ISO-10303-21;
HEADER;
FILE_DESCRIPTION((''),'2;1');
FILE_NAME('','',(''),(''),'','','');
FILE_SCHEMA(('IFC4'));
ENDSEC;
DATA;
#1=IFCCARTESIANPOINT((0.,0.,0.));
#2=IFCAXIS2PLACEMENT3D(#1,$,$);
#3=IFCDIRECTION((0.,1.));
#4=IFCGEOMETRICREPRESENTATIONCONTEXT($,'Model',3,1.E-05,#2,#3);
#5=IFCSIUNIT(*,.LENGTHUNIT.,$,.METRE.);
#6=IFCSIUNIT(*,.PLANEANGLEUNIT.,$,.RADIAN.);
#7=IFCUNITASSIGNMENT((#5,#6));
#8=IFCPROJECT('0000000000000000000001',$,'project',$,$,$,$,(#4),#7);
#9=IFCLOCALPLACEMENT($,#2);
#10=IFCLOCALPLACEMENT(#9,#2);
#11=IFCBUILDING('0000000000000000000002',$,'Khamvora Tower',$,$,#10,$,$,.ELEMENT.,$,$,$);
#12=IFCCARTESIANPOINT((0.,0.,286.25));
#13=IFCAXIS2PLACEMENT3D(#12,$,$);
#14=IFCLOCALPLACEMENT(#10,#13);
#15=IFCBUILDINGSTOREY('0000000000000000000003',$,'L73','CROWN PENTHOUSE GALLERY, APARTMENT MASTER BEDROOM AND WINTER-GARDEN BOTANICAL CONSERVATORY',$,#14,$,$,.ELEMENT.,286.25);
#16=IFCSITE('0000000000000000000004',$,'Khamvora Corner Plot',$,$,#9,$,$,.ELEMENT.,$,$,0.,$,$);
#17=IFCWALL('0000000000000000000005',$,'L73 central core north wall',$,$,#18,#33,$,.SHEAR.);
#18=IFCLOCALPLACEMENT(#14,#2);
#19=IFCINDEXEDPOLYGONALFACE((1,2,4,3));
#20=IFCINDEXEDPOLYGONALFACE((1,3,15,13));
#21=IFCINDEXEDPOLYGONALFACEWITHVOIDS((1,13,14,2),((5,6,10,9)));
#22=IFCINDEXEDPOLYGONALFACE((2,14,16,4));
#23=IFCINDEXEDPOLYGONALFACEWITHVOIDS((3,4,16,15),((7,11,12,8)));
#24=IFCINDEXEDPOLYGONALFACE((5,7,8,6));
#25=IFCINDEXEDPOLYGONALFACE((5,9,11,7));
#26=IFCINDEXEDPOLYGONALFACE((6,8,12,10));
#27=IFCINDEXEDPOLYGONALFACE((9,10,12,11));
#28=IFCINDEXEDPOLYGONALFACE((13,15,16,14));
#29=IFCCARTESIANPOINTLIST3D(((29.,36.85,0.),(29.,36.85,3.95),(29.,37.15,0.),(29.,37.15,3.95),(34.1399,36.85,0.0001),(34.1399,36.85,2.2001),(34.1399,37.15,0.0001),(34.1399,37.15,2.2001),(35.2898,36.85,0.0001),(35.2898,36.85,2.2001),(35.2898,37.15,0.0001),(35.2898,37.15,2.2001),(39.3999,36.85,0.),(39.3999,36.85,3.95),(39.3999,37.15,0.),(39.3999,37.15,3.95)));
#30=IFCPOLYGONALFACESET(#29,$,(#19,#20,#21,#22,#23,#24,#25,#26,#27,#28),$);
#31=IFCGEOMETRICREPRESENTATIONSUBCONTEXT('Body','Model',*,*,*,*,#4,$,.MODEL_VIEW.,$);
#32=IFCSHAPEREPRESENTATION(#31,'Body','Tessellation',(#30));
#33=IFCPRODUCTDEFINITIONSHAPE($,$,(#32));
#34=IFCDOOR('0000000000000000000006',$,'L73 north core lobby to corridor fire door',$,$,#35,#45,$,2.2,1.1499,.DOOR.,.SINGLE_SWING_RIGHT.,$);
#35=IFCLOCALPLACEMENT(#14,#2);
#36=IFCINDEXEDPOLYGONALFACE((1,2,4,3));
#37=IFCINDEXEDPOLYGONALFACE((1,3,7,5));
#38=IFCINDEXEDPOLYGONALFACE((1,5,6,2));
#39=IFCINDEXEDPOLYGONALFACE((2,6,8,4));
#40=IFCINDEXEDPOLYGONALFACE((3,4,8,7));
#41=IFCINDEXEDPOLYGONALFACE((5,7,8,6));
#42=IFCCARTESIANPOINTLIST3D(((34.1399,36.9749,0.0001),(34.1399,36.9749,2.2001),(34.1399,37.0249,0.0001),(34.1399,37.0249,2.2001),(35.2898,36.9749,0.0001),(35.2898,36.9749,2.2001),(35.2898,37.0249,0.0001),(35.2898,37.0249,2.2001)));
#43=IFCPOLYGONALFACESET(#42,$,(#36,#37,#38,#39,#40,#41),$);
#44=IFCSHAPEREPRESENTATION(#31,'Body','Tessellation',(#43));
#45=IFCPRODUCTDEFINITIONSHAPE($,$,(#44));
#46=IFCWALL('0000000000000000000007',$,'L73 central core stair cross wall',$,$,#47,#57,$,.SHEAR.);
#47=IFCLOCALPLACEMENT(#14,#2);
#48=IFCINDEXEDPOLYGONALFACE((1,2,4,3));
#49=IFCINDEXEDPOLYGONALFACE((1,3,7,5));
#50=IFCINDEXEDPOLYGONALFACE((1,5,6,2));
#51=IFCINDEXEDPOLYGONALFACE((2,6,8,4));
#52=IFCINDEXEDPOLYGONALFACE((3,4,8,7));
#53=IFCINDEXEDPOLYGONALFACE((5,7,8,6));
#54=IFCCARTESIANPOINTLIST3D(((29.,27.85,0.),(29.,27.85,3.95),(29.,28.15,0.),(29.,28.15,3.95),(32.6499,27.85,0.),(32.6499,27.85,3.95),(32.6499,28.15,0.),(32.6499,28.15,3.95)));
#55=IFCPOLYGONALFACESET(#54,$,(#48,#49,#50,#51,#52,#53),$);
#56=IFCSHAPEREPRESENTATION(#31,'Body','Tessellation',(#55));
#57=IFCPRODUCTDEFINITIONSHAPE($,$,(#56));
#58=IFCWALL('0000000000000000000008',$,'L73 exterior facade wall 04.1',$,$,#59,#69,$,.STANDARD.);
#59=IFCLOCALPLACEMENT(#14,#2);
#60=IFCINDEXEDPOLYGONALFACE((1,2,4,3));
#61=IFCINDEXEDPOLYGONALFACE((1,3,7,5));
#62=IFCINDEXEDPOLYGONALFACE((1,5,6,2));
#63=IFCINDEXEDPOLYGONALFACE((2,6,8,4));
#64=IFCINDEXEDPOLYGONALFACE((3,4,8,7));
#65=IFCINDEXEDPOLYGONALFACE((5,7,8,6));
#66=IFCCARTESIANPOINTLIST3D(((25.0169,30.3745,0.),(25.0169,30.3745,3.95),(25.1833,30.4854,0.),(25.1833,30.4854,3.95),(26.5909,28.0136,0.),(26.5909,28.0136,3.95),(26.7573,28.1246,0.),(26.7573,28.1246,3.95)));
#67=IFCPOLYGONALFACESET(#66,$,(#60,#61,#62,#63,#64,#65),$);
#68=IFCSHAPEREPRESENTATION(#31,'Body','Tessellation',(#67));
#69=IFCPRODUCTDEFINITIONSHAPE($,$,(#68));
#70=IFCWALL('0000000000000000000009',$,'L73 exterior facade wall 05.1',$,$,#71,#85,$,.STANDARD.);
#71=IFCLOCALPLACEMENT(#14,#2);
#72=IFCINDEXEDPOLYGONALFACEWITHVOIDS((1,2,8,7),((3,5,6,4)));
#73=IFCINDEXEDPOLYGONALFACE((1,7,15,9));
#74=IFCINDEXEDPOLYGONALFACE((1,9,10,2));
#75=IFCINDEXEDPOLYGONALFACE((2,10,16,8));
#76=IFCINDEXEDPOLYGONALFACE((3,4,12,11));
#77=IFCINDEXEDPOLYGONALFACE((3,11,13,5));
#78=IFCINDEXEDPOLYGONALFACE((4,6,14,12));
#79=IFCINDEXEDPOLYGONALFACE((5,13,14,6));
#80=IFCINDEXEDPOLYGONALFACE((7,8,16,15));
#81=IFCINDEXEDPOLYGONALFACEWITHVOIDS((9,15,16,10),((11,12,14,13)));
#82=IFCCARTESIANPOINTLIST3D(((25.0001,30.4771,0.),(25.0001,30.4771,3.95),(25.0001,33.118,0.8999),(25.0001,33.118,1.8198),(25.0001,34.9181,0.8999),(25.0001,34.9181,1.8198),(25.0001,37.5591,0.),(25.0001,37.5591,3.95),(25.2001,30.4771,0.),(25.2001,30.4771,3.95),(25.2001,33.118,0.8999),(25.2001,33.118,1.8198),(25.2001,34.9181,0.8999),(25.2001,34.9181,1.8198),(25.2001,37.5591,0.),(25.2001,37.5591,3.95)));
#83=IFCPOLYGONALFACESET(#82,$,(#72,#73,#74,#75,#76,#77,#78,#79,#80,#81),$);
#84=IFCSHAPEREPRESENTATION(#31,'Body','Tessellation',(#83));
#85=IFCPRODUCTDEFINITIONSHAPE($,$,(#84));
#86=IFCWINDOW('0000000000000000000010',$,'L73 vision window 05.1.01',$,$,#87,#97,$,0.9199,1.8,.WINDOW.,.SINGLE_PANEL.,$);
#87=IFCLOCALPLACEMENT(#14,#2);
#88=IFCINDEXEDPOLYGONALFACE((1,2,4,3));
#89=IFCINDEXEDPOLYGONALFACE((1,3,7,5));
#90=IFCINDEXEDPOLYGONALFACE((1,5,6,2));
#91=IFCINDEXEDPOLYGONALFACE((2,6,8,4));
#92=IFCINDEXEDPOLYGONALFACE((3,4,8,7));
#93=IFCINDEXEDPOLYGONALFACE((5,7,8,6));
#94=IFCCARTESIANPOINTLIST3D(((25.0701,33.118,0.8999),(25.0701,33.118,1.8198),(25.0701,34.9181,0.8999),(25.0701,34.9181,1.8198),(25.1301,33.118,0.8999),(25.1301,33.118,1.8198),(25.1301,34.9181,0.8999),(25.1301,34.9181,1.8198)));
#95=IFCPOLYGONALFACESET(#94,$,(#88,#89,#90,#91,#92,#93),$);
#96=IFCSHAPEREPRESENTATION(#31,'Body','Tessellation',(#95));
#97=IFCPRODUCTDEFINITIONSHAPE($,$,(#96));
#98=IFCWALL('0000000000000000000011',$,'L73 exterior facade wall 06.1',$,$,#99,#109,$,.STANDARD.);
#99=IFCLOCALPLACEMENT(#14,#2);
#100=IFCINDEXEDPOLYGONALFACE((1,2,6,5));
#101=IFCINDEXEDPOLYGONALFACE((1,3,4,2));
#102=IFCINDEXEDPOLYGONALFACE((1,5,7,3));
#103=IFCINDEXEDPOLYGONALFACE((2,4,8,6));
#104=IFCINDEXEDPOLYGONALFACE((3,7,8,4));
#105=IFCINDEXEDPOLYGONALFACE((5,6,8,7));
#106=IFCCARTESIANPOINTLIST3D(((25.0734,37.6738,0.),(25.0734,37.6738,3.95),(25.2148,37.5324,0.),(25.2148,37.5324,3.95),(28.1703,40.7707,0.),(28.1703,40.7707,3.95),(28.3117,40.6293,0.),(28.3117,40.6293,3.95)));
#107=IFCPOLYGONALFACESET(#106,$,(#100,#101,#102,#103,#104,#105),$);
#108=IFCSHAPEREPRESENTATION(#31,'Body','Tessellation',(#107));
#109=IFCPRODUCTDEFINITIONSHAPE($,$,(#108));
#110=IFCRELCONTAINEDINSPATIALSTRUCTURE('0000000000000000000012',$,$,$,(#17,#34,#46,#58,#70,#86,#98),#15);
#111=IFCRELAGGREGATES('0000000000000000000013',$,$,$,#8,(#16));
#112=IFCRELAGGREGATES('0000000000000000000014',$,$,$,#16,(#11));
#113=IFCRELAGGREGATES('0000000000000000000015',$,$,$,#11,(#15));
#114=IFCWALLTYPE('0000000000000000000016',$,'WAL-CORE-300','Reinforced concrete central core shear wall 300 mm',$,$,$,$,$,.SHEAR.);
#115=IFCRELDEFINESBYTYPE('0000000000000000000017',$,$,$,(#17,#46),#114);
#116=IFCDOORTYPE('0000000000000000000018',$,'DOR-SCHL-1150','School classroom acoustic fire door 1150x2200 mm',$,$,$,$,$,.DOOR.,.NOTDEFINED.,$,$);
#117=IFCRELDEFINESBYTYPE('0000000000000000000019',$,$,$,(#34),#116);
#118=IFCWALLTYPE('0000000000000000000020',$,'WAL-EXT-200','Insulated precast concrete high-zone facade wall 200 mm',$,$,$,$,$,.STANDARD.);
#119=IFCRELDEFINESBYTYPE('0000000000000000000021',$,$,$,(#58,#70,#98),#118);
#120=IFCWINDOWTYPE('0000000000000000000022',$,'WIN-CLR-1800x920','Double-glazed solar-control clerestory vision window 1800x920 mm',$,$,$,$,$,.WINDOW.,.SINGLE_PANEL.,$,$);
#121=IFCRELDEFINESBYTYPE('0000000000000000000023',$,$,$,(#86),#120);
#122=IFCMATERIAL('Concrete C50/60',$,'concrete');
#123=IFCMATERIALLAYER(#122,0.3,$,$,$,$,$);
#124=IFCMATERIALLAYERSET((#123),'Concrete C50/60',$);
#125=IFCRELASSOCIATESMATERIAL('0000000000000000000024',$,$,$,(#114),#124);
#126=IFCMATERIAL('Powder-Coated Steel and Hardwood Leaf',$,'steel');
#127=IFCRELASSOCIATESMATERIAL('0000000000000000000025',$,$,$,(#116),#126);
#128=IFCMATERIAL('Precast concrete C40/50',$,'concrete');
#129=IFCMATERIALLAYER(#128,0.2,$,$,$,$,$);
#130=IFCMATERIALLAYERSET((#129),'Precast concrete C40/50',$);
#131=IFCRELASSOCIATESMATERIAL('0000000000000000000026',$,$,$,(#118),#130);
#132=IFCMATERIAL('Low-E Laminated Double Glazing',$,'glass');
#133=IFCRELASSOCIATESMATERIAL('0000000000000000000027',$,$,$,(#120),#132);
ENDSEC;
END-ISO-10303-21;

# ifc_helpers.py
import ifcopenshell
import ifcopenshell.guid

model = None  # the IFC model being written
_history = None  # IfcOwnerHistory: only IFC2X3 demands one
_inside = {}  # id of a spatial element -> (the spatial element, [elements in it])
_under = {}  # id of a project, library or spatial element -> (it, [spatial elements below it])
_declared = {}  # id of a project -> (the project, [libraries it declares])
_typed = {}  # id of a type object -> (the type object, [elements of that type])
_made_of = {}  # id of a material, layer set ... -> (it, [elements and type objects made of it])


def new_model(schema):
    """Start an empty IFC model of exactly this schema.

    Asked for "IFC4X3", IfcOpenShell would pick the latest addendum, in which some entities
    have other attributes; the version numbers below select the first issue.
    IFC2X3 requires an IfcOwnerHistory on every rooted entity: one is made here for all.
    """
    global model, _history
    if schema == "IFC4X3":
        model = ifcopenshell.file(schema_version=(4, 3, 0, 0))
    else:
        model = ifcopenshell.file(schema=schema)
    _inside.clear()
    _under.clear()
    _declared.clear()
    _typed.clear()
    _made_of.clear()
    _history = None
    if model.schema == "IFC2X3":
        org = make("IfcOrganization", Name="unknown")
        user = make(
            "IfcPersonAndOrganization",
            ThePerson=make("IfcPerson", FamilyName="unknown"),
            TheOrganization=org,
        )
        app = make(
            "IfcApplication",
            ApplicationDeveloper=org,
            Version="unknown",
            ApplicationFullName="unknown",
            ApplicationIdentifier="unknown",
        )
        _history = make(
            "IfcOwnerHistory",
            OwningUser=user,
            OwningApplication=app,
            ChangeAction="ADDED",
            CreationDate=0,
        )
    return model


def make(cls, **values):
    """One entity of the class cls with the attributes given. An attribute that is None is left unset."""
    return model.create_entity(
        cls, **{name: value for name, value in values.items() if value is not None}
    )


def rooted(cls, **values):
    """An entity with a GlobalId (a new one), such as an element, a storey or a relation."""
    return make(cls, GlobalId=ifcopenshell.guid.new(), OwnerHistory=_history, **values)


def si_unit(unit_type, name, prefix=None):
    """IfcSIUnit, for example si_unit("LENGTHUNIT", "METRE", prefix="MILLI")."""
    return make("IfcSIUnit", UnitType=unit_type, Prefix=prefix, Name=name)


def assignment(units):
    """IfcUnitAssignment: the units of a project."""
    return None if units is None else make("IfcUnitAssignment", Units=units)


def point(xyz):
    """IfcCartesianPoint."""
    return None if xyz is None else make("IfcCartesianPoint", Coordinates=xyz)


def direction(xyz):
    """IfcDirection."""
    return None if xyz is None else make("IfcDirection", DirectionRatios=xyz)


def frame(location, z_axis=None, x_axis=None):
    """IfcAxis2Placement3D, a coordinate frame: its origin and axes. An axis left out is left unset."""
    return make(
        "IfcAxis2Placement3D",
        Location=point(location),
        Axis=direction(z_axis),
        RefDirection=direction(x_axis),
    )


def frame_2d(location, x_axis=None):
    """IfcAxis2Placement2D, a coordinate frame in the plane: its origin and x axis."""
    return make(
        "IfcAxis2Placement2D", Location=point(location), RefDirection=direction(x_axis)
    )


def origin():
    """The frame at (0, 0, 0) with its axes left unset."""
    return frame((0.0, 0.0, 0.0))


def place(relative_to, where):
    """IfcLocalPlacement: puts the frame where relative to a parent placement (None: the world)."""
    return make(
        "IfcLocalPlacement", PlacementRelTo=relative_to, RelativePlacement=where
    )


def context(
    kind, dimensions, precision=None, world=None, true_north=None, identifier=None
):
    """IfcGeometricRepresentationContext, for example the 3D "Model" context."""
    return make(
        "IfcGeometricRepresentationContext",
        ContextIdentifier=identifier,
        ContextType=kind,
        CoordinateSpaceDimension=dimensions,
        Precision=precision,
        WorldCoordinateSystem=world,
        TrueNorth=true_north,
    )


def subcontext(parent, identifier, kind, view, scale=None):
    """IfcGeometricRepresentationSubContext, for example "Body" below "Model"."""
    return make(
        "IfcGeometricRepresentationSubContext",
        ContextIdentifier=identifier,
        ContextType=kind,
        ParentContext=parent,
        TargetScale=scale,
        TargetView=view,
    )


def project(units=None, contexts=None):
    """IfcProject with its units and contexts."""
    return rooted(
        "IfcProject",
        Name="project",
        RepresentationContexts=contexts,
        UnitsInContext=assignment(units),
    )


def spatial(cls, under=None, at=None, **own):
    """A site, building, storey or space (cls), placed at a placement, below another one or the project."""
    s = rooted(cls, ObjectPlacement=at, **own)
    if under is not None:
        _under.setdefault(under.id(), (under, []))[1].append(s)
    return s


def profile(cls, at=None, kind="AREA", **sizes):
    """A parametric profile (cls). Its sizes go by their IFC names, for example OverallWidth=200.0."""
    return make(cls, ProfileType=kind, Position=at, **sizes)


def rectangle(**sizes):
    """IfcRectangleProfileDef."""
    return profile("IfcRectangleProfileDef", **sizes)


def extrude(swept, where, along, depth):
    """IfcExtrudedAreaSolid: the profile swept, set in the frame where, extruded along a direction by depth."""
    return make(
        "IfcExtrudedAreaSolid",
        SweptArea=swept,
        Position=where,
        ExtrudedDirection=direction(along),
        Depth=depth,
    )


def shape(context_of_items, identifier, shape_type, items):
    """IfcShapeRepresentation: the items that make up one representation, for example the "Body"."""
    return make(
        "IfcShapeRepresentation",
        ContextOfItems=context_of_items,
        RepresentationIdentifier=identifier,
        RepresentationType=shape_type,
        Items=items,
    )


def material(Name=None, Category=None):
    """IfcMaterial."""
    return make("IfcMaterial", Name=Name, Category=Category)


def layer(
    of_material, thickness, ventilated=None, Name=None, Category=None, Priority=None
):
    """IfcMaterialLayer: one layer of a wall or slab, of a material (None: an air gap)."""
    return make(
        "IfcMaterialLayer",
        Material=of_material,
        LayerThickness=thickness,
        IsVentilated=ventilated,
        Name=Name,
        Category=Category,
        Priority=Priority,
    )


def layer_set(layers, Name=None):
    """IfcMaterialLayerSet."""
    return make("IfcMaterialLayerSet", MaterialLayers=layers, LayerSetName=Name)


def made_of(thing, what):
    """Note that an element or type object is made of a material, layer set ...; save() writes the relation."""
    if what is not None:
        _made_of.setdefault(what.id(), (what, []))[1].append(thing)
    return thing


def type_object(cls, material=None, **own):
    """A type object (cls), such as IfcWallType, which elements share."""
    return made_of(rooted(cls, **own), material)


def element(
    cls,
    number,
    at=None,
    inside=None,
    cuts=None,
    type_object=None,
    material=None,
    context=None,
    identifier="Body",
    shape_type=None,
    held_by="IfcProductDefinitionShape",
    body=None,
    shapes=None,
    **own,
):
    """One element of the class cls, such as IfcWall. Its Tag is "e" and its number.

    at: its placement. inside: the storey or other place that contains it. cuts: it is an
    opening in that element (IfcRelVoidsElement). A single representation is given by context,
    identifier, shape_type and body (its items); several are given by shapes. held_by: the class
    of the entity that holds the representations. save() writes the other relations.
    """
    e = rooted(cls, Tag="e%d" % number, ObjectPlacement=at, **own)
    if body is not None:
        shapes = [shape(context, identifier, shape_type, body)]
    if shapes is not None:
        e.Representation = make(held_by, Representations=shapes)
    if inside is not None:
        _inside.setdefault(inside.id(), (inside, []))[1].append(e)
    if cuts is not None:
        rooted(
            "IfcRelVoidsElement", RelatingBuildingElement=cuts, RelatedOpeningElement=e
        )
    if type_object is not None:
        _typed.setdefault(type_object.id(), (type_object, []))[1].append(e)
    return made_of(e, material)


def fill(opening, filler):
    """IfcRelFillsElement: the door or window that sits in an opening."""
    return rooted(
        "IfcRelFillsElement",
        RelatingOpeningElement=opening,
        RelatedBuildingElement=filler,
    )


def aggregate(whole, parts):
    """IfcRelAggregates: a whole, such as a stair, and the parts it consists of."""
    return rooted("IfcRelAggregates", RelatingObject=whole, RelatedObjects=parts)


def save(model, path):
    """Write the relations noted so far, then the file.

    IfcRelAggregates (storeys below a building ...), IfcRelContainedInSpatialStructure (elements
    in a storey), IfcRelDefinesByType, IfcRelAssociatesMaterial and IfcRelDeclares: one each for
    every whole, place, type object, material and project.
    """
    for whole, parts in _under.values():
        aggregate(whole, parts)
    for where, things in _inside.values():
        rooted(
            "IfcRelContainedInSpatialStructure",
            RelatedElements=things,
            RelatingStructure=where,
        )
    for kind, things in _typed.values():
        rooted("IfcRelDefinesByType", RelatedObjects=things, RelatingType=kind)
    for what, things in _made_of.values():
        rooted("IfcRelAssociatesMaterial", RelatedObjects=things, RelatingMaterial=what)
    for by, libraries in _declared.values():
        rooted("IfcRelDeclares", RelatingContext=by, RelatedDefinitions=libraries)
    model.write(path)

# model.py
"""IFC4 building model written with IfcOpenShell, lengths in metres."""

from ifc_helpers import new_model, si_unit, direction, frame, frame_2d, origin, place, context, subcontext, project, spatial, rectangle, extrude, material, layer, layer_set, type_object, element, fill, save


model = new_model("IFC4")

# Units and contexts
model_context = context("Model", 3, precision=1e-05, world=origin(), true_north=direction((0.0, 1.0)))
body_context = subcontext(model_context, "Body", "Model", "MODEL_VIEW")
ifc_project = project(units=[si_unit("LENGTHUNIT", "METRE"), si_unit("PLANEANGLEUNIT", "RADIAN")], contexts=[model_context])

# Site, building, storey
site_placement = place(None, origin())
site = spatial("IfcSite", under=ifc_project, at=site_placement, Name="Khamvora Corner Plot", CompositionType="ELEMENT", RefElevation=0.0)
building_placement = place(site_placement, origin())
building = spatial("IfcBuilding", under=site, at=building_placement, Name="Khamvora Tower", CompositionType="ELEMENT")
storey_placement = place(building_placement, frame((0.0, 0.0, 286.25)))
storey = spatial("IfcBuildingStorey", under=building, at=storey_placement, Name="L73", Description="CROWN PENTHOUSE GALLERY, APARTMENT MASTER BEDROOM AND WINTER-GARDEN BOTANICAL CONSERVATORY", CompositionType="ELEMENT", Elevation=286.25)

# Shared definitions
ifc_material_1 = material(Name="Concrete C50/60", Category="concrete")
ifc_layer_1 = layer(ifc_material_1, 0.3)
ifc_layer_set_1 = layer_set([ifc_layer_1], Name="Concrete C50/60")
wall_type_1 = type_object("IfcWallType", Name="WAL-CORE-300", Description="Reinforced concrete central core shear wall 300 mm", PredefinedType="SHEAR", material=ifc_layer_set_1)

# Wall, opening, door
wall_1_placement = place(storey_placement, frame((29.0, 37.0, 0.0), z_axis=(0.0, 0.0, 1.0), x_axis=(1.0, 0.0, 0.0)))
wall_1 = element("IfcWall", 1, at=wall_1_placement, inside=storey, type_object=wall_type_1, Name="L73 central core north wall", PredefinedType="SHEAR", context=body_context, shape_type="SweptSolid", body=[
    extrude(rectangle(XDim=10.3999, YDim=0.3, at=frame_2d((5.2, 0.0))), origin(), (0.0, 0.0, 1.0), 3.95),
])
opening_1_placement = place(wall_1_placement, frame((5.1399, 0.0, 0.0)))
opening_1 = element("IfcOpeningElement", 2, at=opening_1_placement, cuts=wall_1, PredefinedType="OPENING", context=body_context, shape_type="SweptSolid", body=[
    extrude(rectangle(XDim=1.1499, YDim=2.2, at=frame_2d((0.575, 1.1001))), frame((0.0, 0.1599, 0.0), z_axis=(0.0, -1.0, 0.0), x_axis=(1.0, 0.0, 0.0)), (0.0, 0.0, 1.0), 0.3201),
])
ifc_material_2 = material(Name="Powder-Coated Steel and Hardwood Leaf", Category="steel")
door_type_1 = type_object("IfcDoorType", Name="DOR-SCHL-1150", Description="School classroom acoustic fire door 1150x2200 mm", OperationType="NOTDEFINED", PredefinedType="DOOR", material=ifc_material_2)
door_1_placement = place(opening_1_placement, origin())
door_1 = element("IfcDoor", 3, at=door_1_placement, inside=storey, type_object=door_type_1, Name="L73 north core lobby to corridor fire door", OperationType="SINGLE_SWING_RIGHT", OverallHeight=2.2, OverallWidth=1.1499, PredefinedType="DOOR", context=body_context, shape_type="SweptSolid", body=[
    extrude(rectangle(XDim=1.1499, YDim=2.2, at=frame_2d((0.575, 1.1001))), frame((0.0, 0.0249, 0.0), z_axis=(0.0, -1.0, 0.0), x_axis=(1.0, 0.0, 0.0)), (0.0, 0.0, 1.0), 0.05),
])
fill(opening_1, door_1)

# Walls
wall_2_placement = place(storey_placement, frame((29.0, 28.0, 0.0), z_axis=(0.0, 0.0, 1.0), x_axis=(1.0, 0.0, 0.0)))
element("IfcWall", 4, at=wall_2_placement, inside=storey, type_object=wall_type_1, Name="L73 central core stair cross wall", PredefinedType="SHEAR", context=body_context, shape_type="SweptSolid", body=[
    extrude(rectangle(XDim=3.6499, YDim=0.3, at=frame_2d((1.825, 0.0))), origin(), (0.0, 0.0, 1.0), 3.95),
])
ifc_material_3 = material(Name="Precast concrete C40/50", Category="concrete")
ifc_layer_2 = layer(ifc_material_3, 0.2)
ifc_layer_set_2 = layer_set([ifc_layer_2], Name="Precast concrete C40/50")
wall_type_2 = type_object("IfcWallType", Name="WAL-EXT-200", Description="Insulated precast concrete high-zone facade wall 200 mm", PredefinedType="STANDARD", material=ifc_layer_set_2)
wall_3_placement = place(storey_placement, frame((26.6741, 28.0691, 0.0), z_axis=(0.0, 0.0, 1.0), x_axis=(-0.55472, 0.832037, 0.0)))
element("IfcWall", 5, at=wall_3_placement, inside=storey, type_object=wall_type_2, Name="L73 exterior facade wall 04.1", PredefinedType="STANDARD", context=body_context, shape_type="SweptSolid", body=[
    extrude(rectangle(XDim=2.8374, YDim=0.2, at=frame_2d((1.4187, 0.0))), origin(), (0.0, 0.0, 1.0), 3.95),
])

# Wall, opening, window
wall_4_placement = place(storey_placement, frame((25.1001, 30.4771, 0.0), z_axis=(0.0, 0.0, 1.0), x_axis=(0.0, 1.0, 0.0)))
wall_4 = element("IfcWall", 6, at=wall_4_placement, inside=storey, type_object=wall_type_2, Name="L73 exterior facade wall 05.1", PredefinedType="STANDARD", context=body_context, shape_type="SweptSolid", body=[
    extrude(rectangle(XDim=7.082, YDim=0.2, at=frame_2d((3.541, 0.0))), origin(), (0.0, 0.0, 1.0), 3.95),
])
opening_2_placement = place(wall_4_placement, frame((2.6411, 0.0, 0.8999)))
opening_2 = element("IfcOpeningElement", 7, at=opening_2_placement, cuts=wall_4, PredefinedType="OPENING", context=body_context, shape_type="SweptSolid", body=[
    extrude(rectangle(XDim=1.8, YDim=0.9199, at=frame_2d((0.8999, 0.46))), frame((0.0, 0.1099, 0.0), z_axis=(0.0, -1.0, 0.0), x_axis=(1.0, 0.0, 0.0)), (0.0, 0.0, 1.0), 0.22),
])
ifc_material_4 = material(Name="Low-E Laminated Double Glazing", Category="glass")
window_type_1 = type_object("IfcWindowType", Name="WIN-CLR-1800x920", Description="Double-glazed solar-control clerestory vision window 1800x920 mm", PartitioningType="SINGLE_PANEL", PredefinedType="WINDOW", material=ifc_material_4)
window_1_placement = place(opening_2_placement, origin())
window_1 = element("IfcWindow", 8, at=window_1_placement, inside=storey, type_object=window_type_1, Name="L73 vision window 05.1.01", OverallHeight=0.9199, OverallWidth=1.8, PartitioningType="SINGLE_PANEL", PredefinedType="WINDOW", context=body_context, shape_type="SweptSolid", body=[
    extrude(rectangle(XDim=1.8, YDim=0.9199, at=frame_2d((0.8999, 0.46))), frame((0.0, 0.03, 0.0), z_axis=(0.0, -1.0, 0.0), x_axis=(1.0, 0.0, 0.0)), (0.0, 0.0, 1.0), 0.0601),
])
fill(opening_2, window_1)

# Wall
wall_5_placement = place(storey_placement, frame((25.144, 37.603, 0.0), z_axis=(0.0, 0.0, 1.0), x_axis=(0.707107, 0.707107, 0.0)))
element("IfcWall", 9, at=wall_5_placement, inside=storey, type_object=wall_type_2, Name="L73 exterior facade wall 06.1", PredefinedType="STANDARD", context=body_context, shape_type="SweptSolid", body=[
    extrude(rectangle(XDim=4.3796, YDim=0.2, at=frame_2d((2.1899, 0.0))), origin(), (0.0, 0.0, 1.0), 3.95),
])

save(model, "model.ifc")
